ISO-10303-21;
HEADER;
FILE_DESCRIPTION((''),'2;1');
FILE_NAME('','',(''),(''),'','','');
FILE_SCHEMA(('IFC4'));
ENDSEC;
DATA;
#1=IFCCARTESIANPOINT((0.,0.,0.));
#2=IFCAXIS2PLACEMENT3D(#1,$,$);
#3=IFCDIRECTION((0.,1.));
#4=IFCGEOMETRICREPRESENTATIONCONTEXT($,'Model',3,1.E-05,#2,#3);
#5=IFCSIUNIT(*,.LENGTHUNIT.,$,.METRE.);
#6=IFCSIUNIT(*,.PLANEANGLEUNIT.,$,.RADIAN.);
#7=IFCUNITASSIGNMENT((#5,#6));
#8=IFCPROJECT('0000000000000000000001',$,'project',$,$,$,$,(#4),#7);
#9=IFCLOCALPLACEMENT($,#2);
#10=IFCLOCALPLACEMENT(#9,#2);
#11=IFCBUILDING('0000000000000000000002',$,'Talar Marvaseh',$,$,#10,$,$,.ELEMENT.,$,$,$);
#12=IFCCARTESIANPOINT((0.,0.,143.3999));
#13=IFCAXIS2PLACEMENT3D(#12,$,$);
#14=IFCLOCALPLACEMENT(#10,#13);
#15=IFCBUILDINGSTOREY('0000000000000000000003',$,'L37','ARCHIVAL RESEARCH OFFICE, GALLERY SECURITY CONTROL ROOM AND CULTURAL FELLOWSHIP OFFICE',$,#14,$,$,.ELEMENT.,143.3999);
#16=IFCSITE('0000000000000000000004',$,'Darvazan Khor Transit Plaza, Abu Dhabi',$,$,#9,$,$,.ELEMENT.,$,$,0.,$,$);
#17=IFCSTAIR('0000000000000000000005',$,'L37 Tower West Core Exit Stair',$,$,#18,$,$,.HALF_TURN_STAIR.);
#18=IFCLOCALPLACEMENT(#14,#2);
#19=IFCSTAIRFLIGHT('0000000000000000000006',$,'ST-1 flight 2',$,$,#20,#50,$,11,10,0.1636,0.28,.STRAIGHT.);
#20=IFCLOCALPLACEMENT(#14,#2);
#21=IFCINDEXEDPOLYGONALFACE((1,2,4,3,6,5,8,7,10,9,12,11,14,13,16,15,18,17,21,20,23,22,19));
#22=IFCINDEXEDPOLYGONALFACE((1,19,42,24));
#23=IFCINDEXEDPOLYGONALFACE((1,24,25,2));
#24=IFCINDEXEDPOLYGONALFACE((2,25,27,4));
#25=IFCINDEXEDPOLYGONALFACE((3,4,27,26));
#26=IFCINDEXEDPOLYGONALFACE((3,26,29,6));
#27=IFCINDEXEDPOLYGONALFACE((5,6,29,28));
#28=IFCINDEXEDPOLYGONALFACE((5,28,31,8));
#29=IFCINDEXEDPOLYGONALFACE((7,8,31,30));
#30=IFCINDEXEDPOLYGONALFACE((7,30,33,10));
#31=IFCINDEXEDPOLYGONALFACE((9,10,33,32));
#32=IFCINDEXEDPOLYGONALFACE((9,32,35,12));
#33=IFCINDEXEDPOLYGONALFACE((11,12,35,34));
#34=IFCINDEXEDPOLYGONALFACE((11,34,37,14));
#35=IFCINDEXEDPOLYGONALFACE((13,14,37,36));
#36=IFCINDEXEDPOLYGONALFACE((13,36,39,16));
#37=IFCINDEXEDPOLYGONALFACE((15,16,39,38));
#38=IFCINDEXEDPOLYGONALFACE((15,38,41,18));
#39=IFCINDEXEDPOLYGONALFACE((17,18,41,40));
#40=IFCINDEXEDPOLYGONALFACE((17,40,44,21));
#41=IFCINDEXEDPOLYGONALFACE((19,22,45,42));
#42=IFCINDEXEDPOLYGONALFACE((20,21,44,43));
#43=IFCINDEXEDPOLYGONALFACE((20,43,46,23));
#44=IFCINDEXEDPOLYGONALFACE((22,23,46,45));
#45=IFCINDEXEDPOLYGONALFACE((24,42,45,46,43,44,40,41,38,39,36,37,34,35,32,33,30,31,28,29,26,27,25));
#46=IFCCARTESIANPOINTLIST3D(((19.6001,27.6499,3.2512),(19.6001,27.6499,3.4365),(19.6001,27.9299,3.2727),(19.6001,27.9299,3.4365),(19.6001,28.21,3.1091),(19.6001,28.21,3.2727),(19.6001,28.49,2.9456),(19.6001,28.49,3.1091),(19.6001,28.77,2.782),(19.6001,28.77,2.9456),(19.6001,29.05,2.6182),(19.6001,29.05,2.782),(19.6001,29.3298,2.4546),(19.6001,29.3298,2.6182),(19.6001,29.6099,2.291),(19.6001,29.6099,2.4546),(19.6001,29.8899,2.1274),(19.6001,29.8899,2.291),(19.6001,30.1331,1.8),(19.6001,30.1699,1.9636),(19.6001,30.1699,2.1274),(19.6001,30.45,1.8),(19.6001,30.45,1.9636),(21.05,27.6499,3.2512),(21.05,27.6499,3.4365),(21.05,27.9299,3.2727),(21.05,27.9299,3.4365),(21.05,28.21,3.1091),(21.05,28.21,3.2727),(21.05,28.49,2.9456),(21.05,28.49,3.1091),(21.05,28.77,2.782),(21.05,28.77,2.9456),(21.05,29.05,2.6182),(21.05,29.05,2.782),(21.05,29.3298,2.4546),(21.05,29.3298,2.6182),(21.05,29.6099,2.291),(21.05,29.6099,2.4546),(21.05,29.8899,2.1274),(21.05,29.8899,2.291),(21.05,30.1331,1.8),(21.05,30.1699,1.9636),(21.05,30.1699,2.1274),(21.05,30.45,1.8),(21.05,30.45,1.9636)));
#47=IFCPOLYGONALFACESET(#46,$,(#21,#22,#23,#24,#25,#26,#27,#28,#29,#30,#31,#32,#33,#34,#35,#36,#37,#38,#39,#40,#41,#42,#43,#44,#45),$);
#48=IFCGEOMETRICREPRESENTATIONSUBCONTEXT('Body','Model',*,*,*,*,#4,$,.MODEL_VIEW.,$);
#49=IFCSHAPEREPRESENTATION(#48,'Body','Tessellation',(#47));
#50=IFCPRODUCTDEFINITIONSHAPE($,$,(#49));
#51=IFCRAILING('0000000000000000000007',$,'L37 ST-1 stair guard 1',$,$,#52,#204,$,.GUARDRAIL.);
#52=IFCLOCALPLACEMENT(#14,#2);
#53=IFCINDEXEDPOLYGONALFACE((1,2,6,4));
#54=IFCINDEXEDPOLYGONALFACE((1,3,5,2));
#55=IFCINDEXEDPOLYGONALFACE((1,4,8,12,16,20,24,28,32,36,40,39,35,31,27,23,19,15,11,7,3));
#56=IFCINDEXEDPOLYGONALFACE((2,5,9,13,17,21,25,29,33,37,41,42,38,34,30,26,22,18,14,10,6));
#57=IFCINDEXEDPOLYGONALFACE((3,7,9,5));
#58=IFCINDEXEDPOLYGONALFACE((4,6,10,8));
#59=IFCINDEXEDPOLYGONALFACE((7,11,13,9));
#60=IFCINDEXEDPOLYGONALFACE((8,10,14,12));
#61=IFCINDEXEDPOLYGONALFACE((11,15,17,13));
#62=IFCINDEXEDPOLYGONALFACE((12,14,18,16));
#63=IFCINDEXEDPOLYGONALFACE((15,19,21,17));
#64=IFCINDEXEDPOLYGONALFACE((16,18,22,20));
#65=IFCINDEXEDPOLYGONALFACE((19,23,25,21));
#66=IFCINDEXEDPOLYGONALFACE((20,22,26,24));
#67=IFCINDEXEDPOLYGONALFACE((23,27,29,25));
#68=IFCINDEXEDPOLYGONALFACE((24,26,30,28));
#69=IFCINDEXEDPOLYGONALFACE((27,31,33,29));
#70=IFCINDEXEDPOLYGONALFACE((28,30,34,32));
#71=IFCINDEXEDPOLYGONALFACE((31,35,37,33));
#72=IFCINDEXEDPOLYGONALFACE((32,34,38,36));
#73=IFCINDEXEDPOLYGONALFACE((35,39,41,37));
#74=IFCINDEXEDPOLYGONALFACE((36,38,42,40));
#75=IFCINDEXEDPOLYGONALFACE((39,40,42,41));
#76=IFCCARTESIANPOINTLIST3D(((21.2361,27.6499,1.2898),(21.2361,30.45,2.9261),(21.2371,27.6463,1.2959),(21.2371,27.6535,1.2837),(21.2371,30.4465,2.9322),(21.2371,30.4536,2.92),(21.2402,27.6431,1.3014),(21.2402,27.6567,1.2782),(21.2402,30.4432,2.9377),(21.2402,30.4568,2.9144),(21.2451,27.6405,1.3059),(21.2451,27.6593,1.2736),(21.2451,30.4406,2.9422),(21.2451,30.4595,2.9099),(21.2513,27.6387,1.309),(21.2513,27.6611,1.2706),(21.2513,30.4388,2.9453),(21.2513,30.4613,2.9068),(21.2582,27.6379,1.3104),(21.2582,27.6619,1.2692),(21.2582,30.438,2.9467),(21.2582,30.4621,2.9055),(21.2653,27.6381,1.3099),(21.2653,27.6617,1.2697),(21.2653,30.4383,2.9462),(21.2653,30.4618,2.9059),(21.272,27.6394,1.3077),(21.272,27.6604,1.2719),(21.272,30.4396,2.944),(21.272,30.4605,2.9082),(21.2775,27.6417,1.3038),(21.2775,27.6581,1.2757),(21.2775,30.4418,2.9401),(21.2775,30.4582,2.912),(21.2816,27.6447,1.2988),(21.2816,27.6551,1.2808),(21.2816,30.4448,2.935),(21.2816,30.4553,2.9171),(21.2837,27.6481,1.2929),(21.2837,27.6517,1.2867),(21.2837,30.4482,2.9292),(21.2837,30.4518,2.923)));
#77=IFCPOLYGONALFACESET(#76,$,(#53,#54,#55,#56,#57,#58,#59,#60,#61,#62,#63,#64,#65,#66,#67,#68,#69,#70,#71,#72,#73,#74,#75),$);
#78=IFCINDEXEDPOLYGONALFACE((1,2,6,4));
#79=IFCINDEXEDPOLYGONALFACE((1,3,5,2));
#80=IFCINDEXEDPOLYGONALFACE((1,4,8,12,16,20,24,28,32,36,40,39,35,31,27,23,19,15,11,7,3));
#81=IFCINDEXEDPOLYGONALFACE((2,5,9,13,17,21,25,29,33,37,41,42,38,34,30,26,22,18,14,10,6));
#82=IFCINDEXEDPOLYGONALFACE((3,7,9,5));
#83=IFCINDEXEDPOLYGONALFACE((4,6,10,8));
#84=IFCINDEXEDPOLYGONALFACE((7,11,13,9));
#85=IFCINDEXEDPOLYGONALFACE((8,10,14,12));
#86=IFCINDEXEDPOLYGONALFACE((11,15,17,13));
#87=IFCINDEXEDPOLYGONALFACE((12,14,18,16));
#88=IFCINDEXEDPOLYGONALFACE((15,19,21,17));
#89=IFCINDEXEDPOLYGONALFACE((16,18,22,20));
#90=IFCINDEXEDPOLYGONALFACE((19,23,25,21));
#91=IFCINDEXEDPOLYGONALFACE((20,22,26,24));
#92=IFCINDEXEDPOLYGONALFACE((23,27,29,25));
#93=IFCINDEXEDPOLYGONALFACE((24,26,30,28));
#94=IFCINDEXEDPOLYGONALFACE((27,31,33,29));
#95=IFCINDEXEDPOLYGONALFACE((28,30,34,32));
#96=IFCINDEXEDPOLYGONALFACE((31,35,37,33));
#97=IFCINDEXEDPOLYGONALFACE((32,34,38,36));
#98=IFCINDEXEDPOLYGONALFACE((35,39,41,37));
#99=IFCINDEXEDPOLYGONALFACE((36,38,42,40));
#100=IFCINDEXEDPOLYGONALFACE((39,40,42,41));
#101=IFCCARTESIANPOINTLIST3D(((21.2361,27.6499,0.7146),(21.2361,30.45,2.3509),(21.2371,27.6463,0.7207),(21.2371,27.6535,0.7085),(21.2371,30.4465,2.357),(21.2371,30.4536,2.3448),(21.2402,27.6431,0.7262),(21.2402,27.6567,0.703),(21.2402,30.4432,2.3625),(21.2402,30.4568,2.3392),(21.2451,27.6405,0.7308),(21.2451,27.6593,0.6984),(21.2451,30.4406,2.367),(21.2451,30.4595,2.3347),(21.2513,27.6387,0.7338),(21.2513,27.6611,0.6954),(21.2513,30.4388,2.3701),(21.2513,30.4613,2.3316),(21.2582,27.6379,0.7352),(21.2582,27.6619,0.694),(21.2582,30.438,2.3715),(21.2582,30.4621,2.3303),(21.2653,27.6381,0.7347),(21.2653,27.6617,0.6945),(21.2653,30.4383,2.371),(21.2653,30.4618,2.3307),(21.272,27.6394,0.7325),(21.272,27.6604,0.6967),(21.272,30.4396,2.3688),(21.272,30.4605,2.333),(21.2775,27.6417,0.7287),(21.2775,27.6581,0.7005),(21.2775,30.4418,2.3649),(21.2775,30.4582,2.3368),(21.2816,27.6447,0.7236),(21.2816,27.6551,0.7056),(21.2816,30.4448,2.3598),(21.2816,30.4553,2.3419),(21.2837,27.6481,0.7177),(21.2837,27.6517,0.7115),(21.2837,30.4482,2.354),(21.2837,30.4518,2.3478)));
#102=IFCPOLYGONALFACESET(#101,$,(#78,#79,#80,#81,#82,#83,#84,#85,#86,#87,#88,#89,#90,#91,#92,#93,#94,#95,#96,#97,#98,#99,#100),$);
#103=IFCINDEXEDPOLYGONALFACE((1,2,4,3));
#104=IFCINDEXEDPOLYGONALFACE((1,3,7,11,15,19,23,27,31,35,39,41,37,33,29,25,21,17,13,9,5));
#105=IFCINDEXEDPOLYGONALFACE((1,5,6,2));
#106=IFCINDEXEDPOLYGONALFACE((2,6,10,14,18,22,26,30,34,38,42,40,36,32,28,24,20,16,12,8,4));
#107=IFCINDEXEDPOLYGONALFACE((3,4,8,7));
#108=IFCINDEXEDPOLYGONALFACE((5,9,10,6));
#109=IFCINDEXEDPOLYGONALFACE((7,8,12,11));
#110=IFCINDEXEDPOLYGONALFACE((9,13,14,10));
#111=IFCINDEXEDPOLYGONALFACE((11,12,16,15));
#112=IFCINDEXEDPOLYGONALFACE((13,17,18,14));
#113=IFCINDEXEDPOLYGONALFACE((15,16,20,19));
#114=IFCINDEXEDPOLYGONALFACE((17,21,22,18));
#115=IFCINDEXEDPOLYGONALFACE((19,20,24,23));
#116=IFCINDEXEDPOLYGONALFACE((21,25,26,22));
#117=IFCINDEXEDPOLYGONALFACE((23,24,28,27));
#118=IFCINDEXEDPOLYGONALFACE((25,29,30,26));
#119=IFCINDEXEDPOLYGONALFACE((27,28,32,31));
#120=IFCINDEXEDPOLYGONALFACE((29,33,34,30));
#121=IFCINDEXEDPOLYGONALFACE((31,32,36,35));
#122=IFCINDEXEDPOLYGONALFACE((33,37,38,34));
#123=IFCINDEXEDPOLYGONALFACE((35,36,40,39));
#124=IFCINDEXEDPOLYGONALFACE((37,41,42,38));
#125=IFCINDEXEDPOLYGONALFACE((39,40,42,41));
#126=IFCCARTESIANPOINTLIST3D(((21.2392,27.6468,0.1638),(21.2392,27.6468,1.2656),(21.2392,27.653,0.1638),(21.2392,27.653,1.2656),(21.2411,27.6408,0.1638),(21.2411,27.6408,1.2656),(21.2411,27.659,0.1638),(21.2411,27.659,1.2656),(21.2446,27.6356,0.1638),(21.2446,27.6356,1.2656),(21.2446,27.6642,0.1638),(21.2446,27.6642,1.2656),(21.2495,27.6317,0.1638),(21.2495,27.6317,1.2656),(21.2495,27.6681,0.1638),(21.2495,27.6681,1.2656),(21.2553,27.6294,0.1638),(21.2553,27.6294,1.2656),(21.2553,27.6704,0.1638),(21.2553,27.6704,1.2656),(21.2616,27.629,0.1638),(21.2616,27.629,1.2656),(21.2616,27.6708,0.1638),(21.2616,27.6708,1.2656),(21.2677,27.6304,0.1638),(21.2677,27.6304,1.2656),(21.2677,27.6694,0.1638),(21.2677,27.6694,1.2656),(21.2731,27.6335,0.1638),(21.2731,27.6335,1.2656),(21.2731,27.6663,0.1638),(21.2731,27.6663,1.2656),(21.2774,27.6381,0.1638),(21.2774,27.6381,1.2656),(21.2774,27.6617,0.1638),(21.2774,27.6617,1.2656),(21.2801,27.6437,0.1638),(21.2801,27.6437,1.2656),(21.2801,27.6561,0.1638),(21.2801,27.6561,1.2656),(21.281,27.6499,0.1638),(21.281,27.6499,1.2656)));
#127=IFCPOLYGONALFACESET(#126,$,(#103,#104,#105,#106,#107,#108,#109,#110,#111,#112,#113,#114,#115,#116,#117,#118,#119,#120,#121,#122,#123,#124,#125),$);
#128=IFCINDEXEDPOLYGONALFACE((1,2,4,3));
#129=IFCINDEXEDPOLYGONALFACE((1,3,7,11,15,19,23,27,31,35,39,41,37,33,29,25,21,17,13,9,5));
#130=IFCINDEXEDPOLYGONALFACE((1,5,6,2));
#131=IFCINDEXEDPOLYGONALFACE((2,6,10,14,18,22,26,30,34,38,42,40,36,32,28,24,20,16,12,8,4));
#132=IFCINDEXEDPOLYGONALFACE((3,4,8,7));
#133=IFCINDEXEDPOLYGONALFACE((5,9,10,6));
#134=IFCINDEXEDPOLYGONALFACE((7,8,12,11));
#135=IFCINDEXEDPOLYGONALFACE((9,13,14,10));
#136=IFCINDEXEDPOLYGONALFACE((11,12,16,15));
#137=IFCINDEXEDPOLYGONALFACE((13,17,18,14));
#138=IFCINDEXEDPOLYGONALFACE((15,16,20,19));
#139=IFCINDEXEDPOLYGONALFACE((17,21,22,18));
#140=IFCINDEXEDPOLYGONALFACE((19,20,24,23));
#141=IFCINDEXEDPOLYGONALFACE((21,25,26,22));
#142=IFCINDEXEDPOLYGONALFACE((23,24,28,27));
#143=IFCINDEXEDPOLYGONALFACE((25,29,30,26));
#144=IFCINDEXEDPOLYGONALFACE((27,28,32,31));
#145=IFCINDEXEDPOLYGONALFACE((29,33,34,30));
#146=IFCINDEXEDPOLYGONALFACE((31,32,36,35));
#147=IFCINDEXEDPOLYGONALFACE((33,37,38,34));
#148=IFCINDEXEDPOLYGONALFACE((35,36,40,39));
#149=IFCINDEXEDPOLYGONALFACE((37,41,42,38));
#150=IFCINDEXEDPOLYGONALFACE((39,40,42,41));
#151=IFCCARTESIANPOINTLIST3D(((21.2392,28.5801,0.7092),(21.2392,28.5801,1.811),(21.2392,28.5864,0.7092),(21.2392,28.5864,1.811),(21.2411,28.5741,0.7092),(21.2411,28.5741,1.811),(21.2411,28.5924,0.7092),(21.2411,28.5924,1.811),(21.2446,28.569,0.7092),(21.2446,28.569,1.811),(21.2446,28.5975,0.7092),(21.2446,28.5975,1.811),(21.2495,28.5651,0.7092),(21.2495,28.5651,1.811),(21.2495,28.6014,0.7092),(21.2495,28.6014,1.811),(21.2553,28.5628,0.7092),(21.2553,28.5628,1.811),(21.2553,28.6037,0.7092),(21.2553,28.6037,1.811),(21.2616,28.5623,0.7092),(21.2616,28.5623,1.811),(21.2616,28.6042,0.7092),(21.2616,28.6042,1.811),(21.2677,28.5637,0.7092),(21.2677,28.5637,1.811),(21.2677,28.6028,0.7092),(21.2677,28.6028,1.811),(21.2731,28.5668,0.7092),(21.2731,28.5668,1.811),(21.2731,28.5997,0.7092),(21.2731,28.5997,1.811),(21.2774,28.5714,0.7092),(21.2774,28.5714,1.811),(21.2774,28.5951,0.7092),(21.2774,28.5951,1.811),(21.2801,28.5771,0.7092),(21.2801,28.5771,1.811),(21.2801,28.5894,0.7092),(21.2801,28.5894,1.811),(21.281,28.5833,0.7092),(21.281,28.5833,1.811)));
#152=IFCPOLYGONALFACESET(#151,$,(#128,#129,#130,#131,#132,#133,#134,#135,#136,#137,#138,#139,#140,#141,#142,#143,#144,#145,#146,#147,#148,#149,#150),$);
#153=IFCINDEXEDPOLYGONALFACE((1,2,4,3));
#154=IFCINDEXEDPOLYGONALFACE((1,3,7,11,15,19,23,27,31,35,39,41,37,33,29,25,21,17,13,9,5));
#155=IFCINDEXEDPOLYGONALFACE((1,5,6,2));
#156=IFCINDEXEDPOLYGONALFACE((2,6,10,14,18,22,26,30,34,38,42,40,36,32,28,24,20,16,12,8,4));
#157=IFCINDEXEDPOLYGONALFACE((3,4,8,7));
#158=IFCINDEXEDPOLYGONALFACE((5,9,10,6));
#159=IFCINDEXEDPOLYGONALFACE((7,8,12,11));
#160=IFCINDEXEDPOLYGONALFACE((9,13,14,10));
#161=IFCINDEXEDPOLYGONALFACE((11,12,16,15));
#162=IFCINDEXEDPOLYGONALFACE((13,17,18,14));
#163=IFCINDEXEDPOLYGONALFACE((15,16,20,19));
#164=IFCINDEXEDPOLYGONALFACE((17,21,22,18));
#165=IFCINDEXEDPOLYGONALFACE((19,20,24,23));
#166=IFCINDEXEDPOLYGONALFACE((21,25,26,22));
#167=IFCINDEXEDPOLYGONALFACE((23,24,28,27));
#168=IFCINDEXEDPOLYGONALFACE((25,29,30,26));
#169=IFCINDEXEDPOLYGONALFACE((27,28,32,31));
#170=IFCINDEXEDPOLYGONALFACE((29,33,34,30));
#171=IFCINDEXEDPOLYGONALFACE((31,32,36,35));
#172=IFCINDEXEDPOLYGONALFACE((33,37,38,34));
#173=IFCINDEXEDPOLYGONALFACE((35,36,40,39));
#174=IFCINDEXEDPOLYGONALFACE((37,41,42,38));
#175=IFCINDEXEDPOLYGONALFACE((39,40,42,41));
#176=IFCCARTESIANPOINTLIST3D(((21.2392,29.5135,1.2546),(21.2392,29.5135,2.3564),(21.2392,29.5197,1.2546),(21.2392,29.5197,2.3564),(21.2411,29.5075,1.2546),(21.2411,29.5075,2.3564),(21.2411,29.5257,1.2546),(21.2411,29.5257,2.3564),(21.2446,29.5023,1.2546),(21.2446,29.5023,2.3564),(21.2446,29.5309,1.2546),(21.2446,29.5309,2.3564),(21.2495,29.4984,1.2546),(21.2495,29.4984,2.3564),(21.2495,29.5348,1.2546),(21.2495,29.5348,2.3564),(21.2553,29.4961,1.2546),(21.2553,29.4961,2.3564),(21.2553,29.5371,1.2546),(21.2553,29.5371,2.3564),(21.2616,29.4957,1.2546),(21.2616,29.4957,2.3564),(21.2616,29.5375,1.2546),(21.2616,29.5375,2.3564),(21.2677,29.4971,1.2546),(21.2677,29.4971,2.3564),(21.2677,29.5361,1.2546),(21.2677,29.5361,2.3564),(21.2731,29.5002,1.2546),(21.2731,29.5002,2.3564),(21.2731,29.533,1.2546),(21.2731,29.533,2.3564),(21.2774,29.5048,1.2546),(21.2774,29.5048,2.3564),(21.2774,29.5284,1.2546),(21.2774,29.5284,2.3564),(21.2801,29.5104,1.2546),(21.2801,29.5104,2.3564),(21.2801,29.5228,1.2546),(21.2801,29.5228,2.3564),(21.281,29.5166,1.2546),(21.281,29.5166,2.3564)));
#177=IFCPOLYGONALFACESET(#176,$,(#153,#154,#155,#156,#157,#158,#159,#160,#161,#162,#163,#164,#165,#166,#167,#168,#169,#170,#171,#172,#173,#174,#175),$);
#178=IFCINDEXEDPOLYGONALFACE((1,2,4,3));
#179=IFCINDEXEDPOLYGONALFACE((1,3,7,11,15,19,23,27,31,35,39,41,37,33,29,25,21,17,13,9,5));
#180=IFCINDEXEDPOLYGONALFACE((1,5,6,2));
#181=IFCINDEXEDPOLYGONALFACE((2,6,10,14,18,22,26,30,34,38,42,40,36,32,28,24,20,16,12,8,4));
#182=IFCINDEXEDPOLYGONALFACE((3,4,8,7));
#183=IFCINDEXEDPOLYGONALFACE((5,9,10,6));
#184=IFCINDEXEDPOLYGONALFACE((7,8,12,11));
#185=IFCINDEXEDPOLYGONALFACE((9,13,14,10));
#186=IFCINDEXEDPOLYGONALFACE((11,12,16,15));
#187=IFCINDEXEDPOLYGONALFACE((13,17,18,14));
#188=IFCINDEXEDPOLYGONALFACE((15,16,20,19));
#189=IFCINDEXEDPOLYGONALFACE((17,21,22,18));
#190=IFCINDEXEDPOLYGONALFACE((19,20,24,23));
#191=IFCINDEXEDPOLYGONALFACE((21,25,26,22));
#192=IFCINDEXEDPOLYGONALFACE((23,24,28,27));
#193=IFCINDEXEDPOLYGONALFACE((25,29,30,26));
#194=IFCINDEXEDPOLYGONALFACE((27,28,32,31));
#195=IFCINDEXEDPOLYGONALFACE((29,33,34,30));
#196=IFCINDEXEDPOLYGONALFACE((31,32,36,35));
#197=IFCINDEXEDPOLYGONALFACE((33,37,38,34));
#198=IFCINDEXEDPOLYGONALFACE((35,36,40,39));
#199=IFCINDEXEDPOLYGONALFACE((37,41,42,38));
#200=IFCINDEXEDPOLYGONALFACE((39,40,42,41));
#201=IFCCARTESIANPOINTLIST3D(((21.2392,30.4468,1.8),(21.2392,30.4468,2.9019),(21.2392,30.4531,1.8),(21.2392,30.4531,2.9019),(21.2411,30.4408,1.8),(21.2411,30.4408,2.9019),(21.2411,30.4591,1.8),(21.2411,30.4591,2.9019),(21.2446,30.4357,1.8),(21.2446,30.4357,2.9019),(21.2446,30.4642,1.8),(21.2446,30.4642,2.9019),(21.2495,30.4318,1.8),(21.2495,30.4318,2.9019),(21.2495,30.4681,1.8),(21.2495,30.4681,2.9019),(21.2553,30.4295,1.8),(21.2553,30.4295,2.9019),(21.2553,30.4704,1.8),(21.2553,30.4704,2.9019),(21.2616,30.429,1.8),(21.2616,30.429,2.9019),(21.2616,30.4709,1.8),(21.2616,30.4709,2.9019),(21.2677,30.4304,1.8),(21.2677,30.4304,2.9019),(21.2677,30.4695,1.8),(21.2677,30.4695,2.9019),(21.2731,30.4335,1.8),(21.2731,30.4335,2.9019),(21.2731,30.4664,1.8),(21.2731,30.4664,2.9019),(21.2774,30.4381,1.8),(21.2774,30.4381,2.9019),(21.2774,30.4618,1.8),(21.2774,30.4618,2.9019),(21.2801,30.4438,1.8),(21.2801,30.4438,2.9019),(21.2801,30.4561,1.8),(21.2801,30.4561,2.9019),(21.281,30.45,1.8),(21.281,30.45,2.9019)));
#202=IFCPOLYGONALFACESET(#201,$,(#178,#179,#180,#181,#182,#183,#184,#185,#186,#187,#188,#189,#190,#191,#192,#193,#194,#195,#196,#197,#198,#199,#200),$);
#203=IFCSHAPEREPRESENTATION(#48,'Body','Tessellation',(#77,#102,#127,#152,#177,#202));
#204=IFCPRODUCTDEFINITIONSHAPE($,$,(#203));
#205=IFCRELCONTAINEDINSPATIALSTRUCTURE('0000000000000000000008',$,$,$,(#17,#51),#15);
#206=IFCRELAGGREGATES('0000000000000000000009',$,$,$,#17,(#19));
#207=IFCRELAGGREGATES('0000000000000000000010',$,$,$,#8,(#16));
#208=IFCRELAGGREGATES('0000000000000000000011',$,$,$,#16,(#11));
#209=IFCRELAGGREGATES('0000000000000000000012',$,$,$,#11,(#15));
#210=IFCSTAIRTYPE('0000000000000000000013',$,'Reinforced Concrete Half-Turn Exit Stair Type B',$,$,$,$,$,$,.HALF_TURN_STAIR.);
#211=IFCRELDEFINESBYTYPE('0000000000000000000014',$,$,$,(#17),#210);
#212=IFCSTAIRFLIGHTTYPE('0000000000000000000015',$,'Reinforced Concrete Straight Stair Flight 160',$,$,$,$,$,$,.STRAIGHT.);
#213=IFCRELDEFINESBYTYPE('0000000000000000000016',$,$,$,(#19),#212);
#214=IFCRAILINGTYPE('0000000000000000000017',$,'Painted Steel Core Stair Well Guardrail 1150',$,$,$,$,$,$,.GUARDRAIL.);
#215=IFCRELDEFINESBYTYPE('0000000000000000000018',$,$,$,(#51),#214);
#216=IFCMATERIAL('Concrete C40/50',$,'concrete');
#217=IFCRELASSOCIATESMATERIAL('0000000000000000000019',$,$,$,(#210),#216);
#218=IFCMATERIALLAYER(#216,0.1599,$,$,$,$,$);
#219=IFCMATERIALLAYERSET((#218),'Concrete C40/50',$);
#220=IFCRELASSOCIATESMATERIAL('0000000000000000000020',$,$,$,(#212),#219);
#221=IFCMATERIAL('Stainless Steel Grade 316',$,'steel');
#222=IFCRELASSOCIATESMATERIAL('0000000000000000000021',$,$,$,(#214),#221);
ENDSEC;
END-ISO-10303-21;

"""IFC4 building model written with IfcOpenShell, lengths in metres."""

from ifc_helpers import new_model, si_unit, direction, frame, origin, origin_2d, place, context, subcontext, project, spatial, polyline, circle, outline, extrude, material, layer, layer_set, type_object, element, aggregate, save


model = new_model("IFC4")

# Units and contexts
model_context = context("Model", 3, precision=1e-05, world=origin(), true_north=direction((0.0, 1.0)))
body_context = subcontext(model_context, "Body", "Model", "MODEL_VIEW")
ifc_project = project(units=[si_unit("LENGTHUNIT", "METRE"), si_unit("PLANEANGLEUNIT", "RADIAN")], contexts=[model_context])

# Site, building, storey
site_placement = place(None, origin())
site = spatial("IfcSite", under=ifc_project, at=site_placement, Name="Darvazan Khor Transit Plaza, Abu Dhabi", CompositionType="ELEMENT", RefElevation=0.0)
building_placement = place(site_placement, origin())
building = spatial("IfcBuilding", under=site, at=building_placement, Name="Talar Marvaseh", CompositionType="ELEMENT")
storey_placement = place(building_placement, frame((0.0, 0.0, 143.3999)))
storey = spatial("IfcBuildingStorey", under=building, at=storey_placement, Name="L37", Description="ARCHIVAL RESEARCH OFFICE, GALLERY SECURITY CONTROL ROOM AND CULTURAL FELLOWSHIP OFFICE", CompositionType="ELEMENT", Elevation=143.3999)

# Stair, stair flight
ifc_material_1 = material(Name="Concrete C40/50", Category="concrete")
stair_type = type_object("IfcStairType", Name="Reinforced Concrete Half-Turn Exit Stair Type B", PredefinedType="HALF_TURN_STAIR", material=ifc_material_1)
stair_placement = place(storey_placement, origin())
stair = element("IfcStair", 1, at=stair_placement, inside=storey, type_object=stair_type, Name="L37 Tower West Core Exit Stair", PredefinedType="HALF_TURN_STAIR")
ifc_layer_1 = layer(ifc_material_1, 0.1599)
ifc_layer_set_1 = layer_set([ifc_layer_1], Name="Concrete C40/50")
stair_flight_type = type_object("IfcStairFlightType", Name="Reinforced Concrete Straight Stair Flight 160", PredefinedType="STRAIGHT", material=ifc_layer_set_1)
stair_flight_placement = place(storey_placement, frame((20.325, 30.45, 1.8), z_axis=(0.0, 0.0, 1.0), x_axis=(0.0, -1.0, 0.0)))
stair_flight = element("IfcStairFlight", 2, at=stair_flight_placement, type_object=stair_flight_type, Name="ST-1 flight 2", NumberOfRisers=11, NumberOfTreads=10, PredefinedType="STRAIGHT", RiserHeight=0.1636, TreadLength=0.28, context=body_context, shape_type="SweptSolid", body=[
    extrude(outline(polyline([(0.0, 0.0), (0.0, 0.1636), (0.28, 0.1636), (0.28, 0.3274), (0.5601, 0.3274), (0.5601, 0.491), (0.8401, 0.491), (0.8401, 0.6545), (1.1201, 0.6545), (1.1201, 0.8181), (1.3999, 0.8181), (1.3999, 0.9819), (1.6799, 0.9819), (1.6799, 1.1455), (1.96, 1.1455), (1.96, 1.3091), (2.24, 1.3091), (2.24, 1.4727), (2.52, 1.4727), (2.52, 1.6365), (2.8, 1.6365), (2.8, 1.8), (2.8, 1.4512), (0.3169, 0.0), (0.0, 0.0)])), frame((0.0, 0.7251, 0.0), z_axis=(0.0, -1.0, 0.0), x_axis=(1.0, 0.0, 0.0)), (0.0, 0.0, 1.0), 1.45),
])
aggregate(stair, [stair_flight])

# Railing
ifc_material_2 = material(Name="Stainless Steel Grade 316", Category="steel")
railing_type_1 = type_object("IfcRailingType", Name="Painted Steel Core Stair Well Guardrail 1150", PredefinedType="GUARDRAIL", material=ifc_material_2)
railing_1_placement = place(storey_placement, frame((21.26, 27.6499, 0.1638)))
element("IfcRailing", 3, at=railing_1_placement, inside=storey, type_object=railing_type_1, Name="L37 ST-1 stair guard 1", PredefinedType="GUARDRAIL", context=body_context, shape_type="SweptSolid", body=[
    extrude(circle(Radius=0.0239, at=origin_2d()), frame((0.0, 0.0, 1.126), z_axis=(0.0, 0.863394, 0.504531), x_axis=(-1.0, 0.0, 0.0)), (0.0, 0.0, 1.0), 3.2432),
    extrude(circle(Radius=0.0239, at=origin_2d()), frame((0.0, 0.0, 0.5508), z_axis=(0.0, 0.863394, 0.504531), x_axis=(-1.0, 0.0, 0.0)), (0.0, 0.0, 1.0), 3.2432),
    extrude(circle(Radius=0.021, at=origin_2d()), origin(), (0.0, 0.0, 1.0), 1.1018),
    extrude(circle(Radius=0.021, at=origin_2d()), frame((0.0, 0.9333, 0.5454)), (0.0, 0.0, 1.0), 1.1018),
    extrude(circle(Radius=0.021, at=origin_2d()), frame((0.0, 1.8667, 1.0908)), (0.0, 0.0, 1.0), 1.1018),
    extrude(circle(Radius=0.021, at=origin_2d()), frame((0.0, 2.8, 1.6362)), (0.0, 0.0, 1.0), 1.1018),
])

save(model, "model.ifc")
